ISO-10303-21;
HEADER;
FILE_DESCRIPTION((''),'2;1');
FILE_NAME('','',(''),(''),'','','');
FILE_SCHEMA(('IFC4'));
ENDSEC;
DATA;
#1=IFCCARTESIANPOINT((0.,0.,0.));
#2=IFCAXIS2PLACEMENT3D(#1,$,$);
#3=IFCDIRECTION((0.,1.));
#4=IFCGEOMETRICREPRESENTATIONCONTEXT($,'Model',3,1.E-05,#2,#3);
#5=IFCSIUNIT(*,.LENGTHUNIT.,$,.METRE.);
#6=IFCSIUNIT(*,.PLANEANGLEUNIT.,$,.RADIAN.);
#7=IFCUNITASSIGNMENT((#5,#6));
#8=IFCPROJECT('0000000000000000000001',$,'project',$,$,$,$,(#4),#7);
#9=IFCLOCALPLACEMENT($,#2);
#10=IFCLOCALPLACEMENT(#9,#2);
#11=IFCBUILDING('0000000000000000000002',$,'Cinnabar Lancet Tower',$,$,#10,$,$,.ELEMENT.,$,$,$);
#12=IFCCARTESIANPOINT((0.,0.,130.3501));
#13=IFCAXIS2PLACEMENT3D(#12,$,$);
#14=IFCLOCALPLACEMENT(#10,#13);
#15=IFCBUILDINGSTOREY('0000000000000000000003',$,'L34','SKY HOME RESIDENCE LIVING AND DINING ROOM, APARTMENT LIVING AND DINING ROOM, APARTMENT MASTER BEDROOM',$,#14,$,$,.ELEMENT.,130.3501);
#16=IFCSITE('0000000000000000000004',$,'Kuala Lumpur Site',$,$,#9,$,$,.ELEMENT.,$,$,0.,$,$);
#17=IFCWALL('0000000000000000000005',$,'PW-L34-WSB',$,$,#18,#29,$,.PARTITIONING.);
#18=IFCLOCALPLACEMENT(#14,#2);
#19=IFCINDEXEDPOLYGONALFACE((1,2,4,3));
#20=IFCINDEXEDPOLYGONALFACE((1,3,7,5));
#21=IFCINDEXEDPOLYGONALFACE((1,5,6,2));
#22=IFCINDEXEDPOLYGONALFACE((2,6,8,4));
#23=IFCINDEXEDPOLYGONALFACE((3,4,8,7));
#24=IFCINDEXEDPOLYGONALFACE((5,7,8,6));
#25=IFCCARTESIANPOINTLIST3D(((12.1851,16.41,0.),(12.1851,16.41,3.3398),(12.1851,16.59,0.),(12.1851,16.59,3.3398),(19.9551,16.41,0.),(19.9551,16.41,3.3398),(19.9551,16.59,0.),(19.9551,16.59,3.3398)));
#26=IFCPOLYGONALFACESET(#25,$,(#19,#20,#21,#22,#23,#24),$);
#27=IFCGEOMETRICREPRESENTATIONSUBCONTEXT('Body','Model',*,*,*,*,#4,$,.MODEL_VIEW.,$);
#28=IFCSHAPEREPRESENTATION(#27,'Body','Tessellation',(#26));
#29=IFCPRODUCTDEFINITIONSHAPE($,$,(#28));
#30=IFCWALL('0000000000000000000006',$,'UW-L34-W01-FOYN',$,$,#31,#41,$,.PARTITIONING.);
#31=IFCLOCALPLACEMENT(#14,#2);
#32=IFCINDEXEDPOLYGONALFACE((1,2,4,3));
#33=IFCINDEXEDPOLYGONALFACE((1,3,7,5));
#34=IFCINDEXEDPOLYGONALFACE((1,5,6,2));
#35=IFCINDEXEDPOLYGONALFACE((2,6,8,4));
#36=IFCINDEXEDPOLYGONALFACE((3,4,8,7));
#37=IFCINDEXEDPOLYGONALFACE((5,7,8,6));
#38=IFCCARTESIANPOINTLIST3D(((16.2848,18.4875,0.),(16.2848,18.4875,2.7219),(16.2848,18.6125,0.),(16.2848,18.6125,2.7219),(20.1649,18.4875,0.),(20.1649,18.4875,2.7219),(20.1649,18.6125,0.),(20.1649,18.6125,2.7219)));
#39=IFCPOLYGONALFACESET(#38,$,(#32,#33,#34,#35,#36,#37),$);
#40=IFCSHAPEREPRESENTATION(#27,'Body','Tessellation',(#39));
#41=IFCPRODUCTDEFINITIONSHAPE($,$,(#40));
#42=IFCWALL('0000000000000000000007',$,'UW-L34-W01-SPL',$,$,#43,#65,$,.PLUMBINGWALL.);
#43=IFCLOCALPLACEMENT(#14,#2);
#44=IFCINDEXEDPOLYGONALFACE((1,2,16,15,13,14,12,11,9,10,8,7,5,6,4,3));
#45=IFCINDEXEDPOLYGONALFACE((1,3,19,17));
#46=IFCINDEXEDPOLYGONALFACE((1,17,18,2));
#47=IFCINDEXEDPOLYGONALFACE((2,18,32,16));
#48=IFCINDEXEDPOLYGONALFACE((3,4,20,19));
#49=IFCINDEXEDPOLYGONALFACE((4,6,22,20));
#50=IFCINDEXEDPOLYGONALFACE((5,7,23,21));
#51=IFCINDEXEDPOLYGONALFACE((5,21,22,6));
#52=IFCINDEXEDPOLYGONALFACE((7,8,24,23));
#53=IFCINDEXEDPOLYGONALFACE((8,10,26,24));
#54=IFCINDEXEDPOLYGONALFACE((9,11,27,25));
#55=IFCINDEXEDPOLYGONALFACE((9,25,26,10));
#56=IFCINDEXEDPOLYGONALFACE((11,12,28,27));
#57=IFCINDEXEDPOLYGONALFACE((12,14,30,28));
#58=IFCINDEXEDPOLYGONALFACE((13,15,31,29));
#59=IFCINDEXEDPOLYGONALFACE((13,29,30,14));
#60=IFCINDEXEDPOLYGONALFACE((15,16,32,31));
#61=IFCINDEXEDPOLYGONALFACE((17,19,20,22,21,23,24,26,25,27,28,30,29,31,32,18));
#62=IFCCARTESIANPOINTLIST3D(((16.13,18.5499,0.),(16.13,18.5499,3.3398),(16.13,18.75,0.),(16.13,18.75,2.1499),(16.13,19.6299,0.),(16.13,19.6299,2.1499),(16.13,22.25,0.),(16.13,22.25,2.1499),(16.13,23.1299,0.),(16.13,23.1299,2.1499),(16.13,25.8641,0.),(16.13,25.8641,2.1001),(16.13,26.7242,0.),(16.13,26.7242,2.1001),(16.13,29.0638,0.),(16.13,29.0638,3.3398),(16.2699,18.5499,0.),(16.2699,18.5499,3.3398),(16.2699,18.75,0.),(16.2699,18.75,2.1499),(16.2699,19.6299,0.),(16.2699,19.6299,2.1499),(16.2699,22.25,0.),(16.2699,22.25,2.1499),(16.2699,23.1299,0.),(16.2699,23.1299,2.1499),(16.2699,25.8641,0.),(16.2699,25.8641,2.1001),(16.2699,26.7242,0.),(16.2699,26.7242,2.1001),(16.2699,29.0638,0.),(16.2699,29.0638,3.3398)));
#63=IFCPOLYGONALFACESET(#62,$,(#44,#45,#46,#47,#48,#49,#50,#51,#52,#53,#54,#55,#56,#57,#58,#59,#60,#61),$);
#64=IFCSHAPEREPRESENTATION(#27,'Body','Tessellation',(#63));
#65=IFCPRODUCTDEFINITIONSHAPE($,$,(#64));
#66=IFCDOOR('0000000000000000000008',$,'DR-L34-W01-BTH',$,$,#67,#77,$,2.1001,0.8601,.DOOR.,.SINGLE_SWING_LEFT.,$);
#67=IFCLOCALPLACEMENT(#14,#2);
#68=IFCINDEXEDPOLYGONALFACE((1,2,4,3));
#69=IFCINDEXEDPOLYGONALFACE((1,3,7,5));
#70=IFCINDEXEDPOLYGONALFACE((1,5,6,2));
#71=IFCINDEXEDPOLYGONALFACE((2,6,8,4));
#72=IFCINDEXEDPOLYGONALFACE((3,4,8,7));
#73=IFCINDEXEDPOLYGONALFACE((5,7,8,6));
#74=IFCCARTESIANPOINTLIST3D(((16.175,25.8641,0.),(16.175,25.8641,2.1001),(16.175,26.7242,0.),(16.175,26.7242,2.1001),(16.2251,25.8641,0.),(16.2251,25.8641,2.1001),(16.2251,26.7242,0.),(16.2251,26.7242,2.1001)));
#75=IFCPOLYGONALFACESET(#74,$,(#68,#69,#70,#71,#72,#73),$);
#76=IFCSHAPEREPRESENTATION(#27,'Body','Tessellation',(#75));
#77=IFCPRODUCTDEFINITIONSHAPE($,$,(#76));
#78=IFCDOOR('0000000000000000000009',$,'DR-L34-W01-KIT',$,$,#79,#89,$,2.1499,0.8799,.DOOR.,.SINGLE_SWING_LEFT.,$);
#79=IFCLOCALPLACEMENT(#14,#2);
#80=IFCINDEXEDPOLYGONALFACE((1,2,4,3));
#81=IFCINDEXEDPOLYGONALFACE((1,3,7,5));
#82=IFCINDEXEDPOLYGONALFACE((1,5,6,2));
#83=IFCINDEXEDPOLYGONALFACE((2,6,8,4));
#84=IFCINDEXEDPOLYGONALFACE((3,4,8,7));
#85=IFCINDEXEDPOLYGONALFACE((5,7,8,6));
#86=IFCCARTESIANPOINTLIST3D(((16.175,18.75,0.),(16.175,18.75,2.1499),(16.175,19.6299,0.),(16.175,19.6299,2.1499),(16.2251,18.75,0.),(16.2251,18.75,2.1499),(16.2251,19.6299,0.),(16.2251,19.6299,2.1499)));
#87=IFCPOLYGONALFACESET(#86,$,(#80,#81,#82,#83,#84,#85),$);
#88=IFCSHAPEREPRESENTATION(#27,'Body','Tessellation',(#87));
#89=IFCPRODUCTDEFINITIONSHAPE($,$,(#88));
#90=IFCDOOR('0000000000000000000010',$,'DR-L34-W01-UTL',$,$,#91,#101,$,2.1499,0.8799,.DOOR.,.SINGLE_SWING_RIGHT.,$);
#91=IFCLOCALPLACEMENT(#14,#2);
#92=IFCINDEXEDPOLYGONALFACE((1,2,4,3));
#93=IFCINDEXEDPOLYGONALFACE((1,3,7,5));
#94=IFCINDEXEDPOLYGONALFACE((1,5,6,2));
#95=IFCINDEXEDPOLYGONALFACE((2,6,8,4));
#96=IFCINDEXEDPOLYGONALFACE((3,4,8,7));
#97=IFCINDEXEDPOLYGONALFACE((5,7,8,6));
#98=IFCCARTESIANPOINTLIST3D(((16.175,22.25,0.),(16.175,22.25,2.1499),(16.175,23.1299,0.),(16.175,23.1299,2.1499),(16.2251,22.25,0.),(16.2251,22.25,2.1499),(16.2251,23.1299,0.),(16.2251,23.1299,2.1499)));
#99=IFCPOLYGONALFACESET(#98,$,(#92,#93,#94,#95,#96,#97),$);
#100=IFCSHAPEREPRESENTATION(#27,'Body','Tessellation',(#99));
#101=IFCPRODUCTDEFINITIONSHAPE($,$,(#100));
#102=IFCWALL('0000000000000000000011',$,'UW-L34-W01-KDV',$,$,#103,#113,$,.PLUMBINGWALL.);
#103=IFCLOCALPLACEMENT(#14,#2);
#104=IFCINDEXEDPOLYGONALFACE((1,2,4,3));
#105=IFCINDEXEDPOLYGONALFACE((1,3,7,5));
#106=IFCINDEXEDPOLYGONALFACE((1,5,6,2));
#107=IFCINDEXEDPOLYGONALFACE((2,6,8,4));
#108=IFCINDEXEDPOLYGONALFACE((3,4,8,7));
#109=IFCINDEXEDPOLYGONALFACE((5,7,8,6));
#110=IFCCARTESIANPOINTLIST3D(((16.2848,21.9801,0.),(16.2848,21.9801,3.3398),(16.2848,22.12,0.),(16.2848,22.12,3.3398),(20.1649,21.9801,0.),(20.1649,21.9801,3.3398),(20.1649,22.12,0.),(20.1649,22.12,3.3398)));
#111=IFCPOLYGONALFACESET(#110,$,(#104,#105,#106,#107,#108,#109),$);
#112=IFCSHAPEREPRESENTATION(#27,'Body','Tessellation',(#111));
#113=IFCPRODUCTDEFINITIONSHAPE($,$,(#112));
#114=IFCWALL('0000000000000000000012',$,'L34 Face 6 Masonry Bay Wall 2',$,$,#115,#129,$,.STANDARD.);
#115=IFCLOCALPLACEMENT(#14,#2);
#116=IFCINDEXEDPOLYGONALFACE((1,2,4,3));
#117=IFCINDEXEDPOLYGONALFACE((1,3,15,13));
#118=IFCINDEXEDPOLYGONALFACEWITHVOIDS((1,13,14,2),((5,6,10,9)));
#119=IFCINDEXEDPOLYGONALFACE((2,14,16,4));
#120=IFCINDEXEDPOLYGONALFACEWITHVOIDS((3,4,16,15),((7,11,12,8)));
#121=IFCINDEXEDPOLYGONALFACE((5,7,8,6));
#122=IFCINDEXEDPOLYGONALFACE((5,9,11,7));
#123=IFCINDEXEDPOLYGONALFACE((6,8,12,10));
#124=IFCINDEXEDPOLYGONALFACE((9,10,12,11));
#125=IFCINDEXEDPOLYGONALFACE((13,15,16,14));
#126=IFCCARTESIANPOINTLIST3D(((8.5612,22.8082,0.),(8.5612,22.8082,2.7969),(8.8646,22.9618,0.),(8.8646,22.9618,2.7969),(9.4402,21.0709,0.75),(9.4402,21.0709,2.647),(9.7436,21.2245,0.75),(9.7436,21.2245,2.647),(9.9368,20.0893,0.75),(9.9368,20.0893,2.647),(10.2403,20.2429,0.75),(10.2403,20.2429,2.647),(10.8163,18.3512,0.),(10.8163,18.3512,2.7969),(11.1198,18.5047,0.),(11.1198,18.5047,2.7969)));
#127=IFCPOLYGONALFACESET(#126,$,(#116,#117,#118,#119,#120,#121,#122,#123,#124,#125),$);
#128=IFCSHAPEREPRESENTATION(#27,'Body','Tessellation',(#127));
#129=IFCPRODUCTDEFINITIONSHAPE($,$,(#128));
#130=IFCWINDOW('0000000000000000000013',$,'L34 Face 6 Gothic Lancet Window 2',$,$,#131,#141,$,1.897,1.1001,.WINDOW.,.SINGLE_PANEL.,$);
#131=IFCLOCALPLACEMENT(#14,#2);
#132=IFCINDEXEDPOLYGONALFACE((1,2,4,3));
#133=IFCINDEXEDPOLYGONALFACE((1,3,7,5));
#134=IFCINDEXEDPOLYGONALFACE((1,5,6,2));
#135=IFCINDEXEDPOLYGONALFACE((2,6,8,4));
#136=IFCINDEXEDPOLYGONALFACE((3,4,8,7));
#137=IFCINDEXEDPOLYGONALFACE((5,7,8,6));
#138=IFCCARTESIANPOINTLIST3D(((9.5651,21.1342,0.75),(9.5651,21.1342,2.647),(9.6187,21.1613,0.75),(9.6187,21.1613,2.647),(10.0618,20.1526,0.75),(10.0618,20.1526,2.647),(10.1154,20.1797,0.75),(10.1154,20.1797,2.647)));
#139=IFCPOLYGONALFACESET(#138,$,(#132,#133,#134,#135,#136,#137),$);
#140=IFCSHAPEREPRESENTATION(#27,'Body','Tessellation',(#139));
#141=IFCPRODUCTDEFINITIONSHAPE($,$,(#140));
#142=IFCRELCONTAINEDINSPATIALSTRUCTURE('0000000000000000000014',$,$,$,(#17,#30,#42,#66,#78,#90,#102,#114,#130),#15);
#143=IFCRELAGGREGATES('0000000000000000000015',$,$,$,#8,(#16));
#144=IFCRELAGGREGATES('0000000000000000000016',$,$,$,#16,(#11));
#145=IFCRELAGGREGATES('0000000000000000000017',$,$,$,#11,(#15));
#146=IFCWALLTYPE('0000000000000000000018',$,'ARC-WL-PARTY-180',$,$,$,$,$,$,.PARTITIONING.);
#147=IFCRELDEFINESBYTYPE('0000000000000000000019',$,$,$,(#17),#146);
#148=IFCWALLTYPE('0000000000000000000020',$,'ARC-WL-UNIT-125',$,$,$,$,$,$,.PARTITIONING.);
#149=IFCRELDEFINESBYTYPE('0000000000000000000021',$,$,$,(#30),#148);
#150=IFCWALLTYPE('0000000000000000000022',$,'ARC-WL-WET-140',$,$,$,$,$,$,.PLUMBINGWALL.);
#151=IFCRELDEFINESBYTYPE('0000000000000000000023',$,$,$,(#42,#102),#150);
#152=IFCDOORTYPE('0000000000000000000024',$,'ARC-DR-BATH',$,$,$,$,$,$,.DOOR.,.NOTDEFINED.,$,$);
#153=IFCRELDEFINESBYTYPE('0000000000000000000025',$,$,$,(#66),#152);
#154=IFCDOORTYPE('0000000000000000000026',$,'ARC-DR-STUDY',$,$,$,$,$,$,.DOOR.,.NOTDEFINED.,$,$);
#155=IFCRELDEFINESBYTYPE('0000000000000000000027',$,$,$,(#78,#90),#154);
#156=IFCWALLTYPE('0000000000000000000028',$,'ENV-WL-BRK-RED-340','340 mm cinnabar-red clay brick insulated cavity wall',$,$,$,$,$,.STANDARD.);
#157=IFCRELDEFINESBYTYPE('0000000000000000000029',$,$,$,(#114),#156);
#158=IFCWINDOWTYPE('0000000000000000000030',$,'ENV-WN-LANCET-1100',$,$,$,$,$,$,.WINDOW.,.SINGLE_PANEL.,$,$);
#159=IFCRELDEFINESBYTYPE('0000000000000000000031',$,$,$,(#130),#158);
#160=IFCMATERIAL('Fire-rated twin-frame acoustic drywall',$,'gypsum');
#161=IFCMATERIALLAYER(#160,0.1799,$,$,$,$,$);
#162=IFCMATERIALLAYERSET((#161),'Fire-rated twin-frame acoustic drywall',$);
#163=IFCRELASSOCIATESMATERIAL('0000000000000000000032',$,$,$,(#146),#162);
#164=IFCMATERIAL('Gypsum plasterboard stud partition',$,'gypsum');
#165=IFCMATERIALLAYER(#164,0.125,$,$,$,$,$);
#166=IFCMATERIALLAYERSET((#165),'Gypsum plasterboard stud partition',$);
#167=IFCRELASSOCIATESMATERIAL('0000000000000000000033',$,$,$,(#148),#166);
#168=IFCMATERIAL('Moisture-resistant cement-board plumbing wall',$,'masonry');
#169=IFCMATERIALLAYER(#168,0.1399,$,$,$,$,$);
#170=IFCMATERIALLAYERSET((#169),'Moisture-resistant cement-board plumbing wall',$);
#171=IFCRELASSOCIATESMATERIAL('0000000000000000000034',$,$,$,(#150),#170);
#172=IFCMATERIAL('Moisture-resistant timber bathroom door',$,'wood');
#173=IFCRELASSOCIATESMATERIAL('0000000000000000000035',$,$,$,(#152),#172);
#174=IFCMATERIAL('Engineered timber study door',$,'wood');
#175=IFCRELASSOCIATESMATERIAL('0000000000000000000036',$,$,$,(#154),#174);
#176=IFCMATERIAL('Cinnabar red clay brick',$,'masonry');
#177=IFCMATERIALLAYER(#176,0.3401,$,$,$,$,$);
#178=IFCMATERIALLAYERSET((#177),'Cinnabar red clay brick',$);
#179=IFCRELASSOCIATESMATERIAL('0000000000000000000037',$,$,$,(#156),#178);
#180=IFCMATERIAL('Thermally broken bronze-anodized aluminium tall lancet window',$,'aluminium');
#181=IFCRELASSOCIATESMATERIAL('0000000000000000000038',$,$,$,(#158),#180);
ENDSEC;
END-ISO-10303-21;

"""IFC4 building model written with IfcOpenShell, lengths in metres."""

from ifc_helpers import new_model, si_unit, direction, frame, frame_2d, origin, place, context, subcontext, project, spatial, rectangle, extrude, material, layer, layer_set, type_object, element, fill, save


model = new_model("IFC4")

# Units and contexts
model_context = context("Model", 3, precision=1e-05, world=origin(), true_north=direction((0.0, 1.0)))
body_context = subcontext(model_context, "Body", "Model", "MODEL_VIEW")
ifc_project = project(units=[si_unit("LENGTHUNIT", "METRE"), si_unit("PLANEANGLEUNIT", "RADIAN")], contexts=[model_context])

# Site, building, storey
site_placement = place(None, origin())
site = spatial("IfcSite", under=ifc_project, at=site_placement, Name="Kuala Lumpur Site", CompositionType="ELEMENT", RefElevation=0.0)
building_placement = place(site_placement, origin())
building = spatial("IfcBuilding", under=site, at=building_placement, Name="Cinnabar Lancet Tower", CompositionType="ELEMENT")
storey_placement = place(building_placement, frame((0.0, 0.0, 130.3501)))
storey = spatial("IfcBuildingStorey", under=building, at=storey_placement, Name="L34", Description="SKY HOME RESIDENCE LIVING AND DINING ROOM, APARTMENT LIVING AND DINING ROOM, APARTMENT MASTER BEDROOM", CompositionType="ELEMENT", Elevation=130.3501)

# Walls
ifc_material_1 = material(Name="Fire-rated twin-frame acoustic drywall", Category="gypsum")
ifc_layer_1 = layer(ifc_material_1, 0.1799)
ifc_layer_set_1 = layer_set([ifc_layer_1], Name="Fire-rated twin-frame acoustic drywall")
wall_type_1 = type_object("IfcWallType", Name="ARC-WL-PARTY-180", PredefinedType="PARTITIONING", material=ifc_layer_set_1)
wall_1_placement = place(storey_placement, frame((12.1851, 16.5, 0.0), z_axis=(0.0, 0.0, 1.0), x_axis=(1.0, 0.0, 0.0)))
element("IfcWall", 1, at=wall_1_placement, inside=storey, type_object=wall_type_1, Name="PW-L34-WSB", PredefinedType="PARTITIONING", context=body_context, shape_type="SweptSolid", body=[
    extrude(rectangle(XDim=7.77, YDim=0.1799, at=frame_2d((3.885, 0.0))), origin(), (0.0, 0.0, 1.0), 3.3398),
])
ifc_material_2 = material(Name="Gypsum plasterboard stud partition", Category="gypsum")
ifc_layer_2 = layer(ifc_material_2, 0.125)
ifc_layer_set_2 = layer_set([ifc_layer_2], Name="Gypsum plasterboard stud partition")
wall_type_2 = type_object("IfcWallType", Name="ARC-WL-UNIT-125", PredefinedType="PARTITIONING", material=ifc_layer_set_2)
wall_2_placement = place(storey_placement, frame((16.2849, 18.55, 0.0), z_axis=(0.0, 0.0, 1.0), x_axis=(1.0, 0.0, 0.0)))
element("IfcWall", 2, at=wall_2_placement, inside=storey, type_object=wall_type_2, Name="UW-L34-W01-FOYN", PredefinedType="PARTITIONING", context=body_context, shape_type="SweptSolid", body=[
    extrude(rectangle(XDim=3.8801, YDim=0.125, at=frame_2d((1.9399, 0.0))), origin(), (0.0, 0.0, 1.0), 2.7219),
])

# Wall, openings, doors
ifc_material_3 = material(Name="Moisture-resistant cement-board plumbing wall", Category="masonry")
ifc_layer_3 = layer(ifc_material_3, 0.1399)
ifc_layer_set_3 = layer_set([ifc_layer_3], Name="Moisture-resistant cement-board plumbing wall")
wall_type_3 = type_object("IfcWallType", Name="ARC-WL-WET-140", PredefinedType="PLUMBINGWALL", material=ifc_layer_set_3)
wall_3_placement = place(storey_placement, frame((16.2, 18.55, 0.0), z_axis=(0.0, 0.0, 1.0), x_axis=(0.0, 1.0, 0.0)))
wall_3 = element("IfcWall", 3, at=wall_3_placement, inside=storey, type_object=wall_type_3, Name="UW-L34-W01-SPL", PredefinedType="PLUMBINGWALL", context=body_context, shape_type="SweptSolid", body=[
    extrude(rectangle(XDim=10.5139, YDim=0.1399, at=frame_2d((5.2568, 0.0))), origin(), (0.0, 0.0, 1.0), 3.3398),
])
opening_1_placement = place(wall_3_placement, frame((0.2, 0.0, 0.0)))
opening_1 = element("IfcOpeningElement", 4, at=opening_1_placement, cuts=wall_3, PredefinedType="OPENING", context=body_context, shape_type="SweptSolid", body=[
    extrude(rectangle(XDim=0.8799, YDim=2.1499, at=frame_2d((0.4399, 1.075))), frame((0.0, 0.0798, 0.0), z_axis=(0.0, -1.0, 0.0), x_axis=(1.0, 0.0, 0.0)), (0.0, 0.0, 1.0), 0.1599),
])
opening_2_placement = place(wall_3_placement, frame((3.7, 0.0, 0.0)))
opening_2 = element("IfcOpeningElement", 5, at=opening_2_placement, cuts=wall_3, PredefinedType="OPENING", context=body_context, shape_type="SweptSolid", body=[
    extrude(rectangle(XDim=0.8799, YDim=2.1499, at=frame_2d((0.4399, 1.075))), frame((0.0, 0.0798, 0.0), z_axis=(0.0, -1.0, 0.0), x_axis=(1.0, 0.0, 0.0)), (0.0, 0.0, 1.0), 0.1599),
])
opening_3_placement = place(wall_3_placement, frame((7.314, 0.0, 0.0)))
opening_3 = element("IfcOpeningElement", 6, at=opening_3_placement, cuts=wall_3, PredefinedType="OPENING", context=body_context, shape_type="SweptSolid", body=[
    extrude(rectangle(XDim=0.8601, YDim=2.1001, at=frame_2d((0.4302, 1.05))), frame((0.0, 0.0798, 0.0), z_axis=(0.0, -1.0, 0.0), x_axis=(1.0, 0.0, 0.0)), (0.0, 0.0, 1.0), 0.1599),
])
ifc_material_4 = material(Name="Moisture-resistant timber bathroom door", Category="wood")
door_type_1 = type_object("IfcDoorType", Name="ARC-DR-BATH", OperationType="NOTDEFINED", PredefinedType="DOOR", material=ifc_material_4)
door_1_placement = place(opening_3_placement, origin())
door_1 = element("IfcDoor", 7, at=door_1_placement, inside=storey, type_object=door_type_1, Name="DR-L34-W01-BTH", OperationType="SINGLE_SWING_LEFT", OverallHeight=2.1001, OverallWidth=0.8601, PredefinedType="DOOR", context=body_context, shape_type="SweptSolid", body=[
    extrude(rectangle(XDim=0.8601, YDim=2.1001, at=frame_2d((0.4302, 1.05))), frame((0.0, 0.0249, 0.0), z_axis=(0.0, -1.0, 0.0), x_axis=(1.0, 0.0, 0.0)), (0.0, 0.0, 1.0), 0.05),
])
fill(opening_3, door_1)
ifc_material_5 = material(Name="Engineered timber study door", Category="wood")
door_type_2 = type_object("IfcDoorType", Name="ARC-DR-STUDY", OperationType="NOTDEFINED", PredefinedType="DOOR", material=ifc_material_5)
door_2_placement = place(opening_1_placement, origin())
door_2 = element("IfcDoor", 8, at=door_2_placement, inside=storey, type_object=door_type_2, Name="DR-L34-W01-KIT", OperationType="SINGLE_SWING_LEFT", OverallHeight=2.1499, OverallWidth=0.8799, PredefinedType="DOOR", context=body_context, shape_type="SweptSolid", body=[
    extrude(rectangle(XDim=0.8799, YDim=2.1499, at=frame_2d((0.4399, 1.075))), frame((0.0, 0.0249, 0.0), z_axis=(0.0, -1.0, 0.0), x_axis=(1.0, 0.0, 0.0)), (0.0, 0.0, 1.0), 0.05),
])
fill(opening_1, door_2)
door_3_placement = place(opening_2_placement, origin())
door_3 = element("IfcDoor", 9, at=door_3_placement, inside=storey, type_object=door_type_2, Name="DR-L34-W01-UTL", OperationType="SINGLE_SWING_RIGHT", OverallHeight=2.1499, OverallWidth=0.8799, PredefinedType="DOOR", context=body_context, shape_type="SweptSolid", body=[
    extrude(rectangle(XDim=0.8799, YDim=2.1499, at=frame_2d((0.4399, 1.075))), frame((0.0, 0.0249, 0.0), z_axis=(0.0, -1.0, 0.0), x_axis=(1.0, 0.0, 0.0)), (0.0, 0.0, 1.0), 0.05),
])
fill(opening_2, door_3)

# Wall
wall_4_placement = place(storey_placement, frame((16.2849, 22.05, 0.0), z_axis=(0.0, 0.0, 1.0), x_axis=(1.0, 0.0, 0.0)))
element("IfcWall", 10, at=wall_4_placement, inside=storey, type_object=wall_type_3, Name="UW-L34-W01-KDV", PredefinedType="PLUMBINGWALL", context=body_context, shape_type="SweptSolid", body=[
    extrude(rectangle(XDim=3.8801, YDim=0.1399, at=frame_2d((1.9399, 0.0))), origin(), (0.0, 0.0, 1.0), 3.3398),
])

# Wall, opening, window
ifc_material_6 = material(Name="Cinnabar red clay brick", Category="masonry")
ifc_layer_4 = layer(ifc_material_6, 0.3401)
ifc_layer_set_4 = layer_set([ifc_layer_4], Name="Cinnabar red clay brick")
wall_type_4 = type_object("IfcWallType", Name="ENV-WL-BRK-RED-340", Description="340 mm cinnabar-red clay brick insulated cavity wall", PredefinedType="STANDARD", material=ifc_layer_set_4)
wall_5_placement = place(storey_placement, frame((8.7129, 22.885, 0.0), z_axis=(0.0, 0.0, 1.0), x_axis=(0.451471, -0.892286, 0.0)))
wall_5 = element("IfcWall", 11, at=wall_5_placement, inside=storey, type_object=wall_type_4, Name="L34 Face 6 Masonry Bay Wall 2", PredefinedType="STANDARD", context=body_context, shape_type="SweptSolid", body=[
    extrude(rectangle(XDim=4.9951, YDim=0.3401, at=frame_2d((2.4976, 0.0))), origin(), (0.0, 0.0, 1.0), 2.7969),
])
opening_4_placement = place(wall_5_placement, frame((1.947, 0.0, 0.75)))
opening_4 = element("IfcOpeningElement", 12, at=opening_4_placement, cuts=wall_5, PredefinedType="OPENING", context=body_context, shape_type="SweptSolid", body=[
    extrude(rectangle(XDim=1.1001, YDim=1.897, at=frame_2d((0.55, 0.9485))), frame((0.0, 0.1799, 0.0), z_axis=(0.0, -1.0, 0.0), x_axis=(1.0, 0.0, 0.0)), (0.0, 0.0, 1.0), 0.3601),
])
ifc_material_7 = material(Name="Thermally broken bronze-anodized aluminium tall lancet window", Category="aluminium")
window_type = type_object("IfcWindowType", Name="ENV-WN-LANCET-1100", PartitioningType="SINGLE_PANEL", PredefinedType="WINDOW", material=ifc_material_7)
window_placement = place(opening_4_placement, origin())
window = element("IfcWindow", 13, at=window_placement, inside=storey, type_object=window_type, Name="L34 Face 6 Gothic Lancet Window 2", OverallHeight=1.897, OverallWidth=1.1001, PartitioningType="SINGLE_PANEL", PredefinedType="WINDOW", context=body_context, shape_type="SweptSolid", body=[
    extrude(rectangle(XDim=1.1001, YDim=1.897, at=frame_2d((0.55, 0.9485))), frame((0.0, 0.03, 0.0), z_axis=(0.0, -1.0, 0.0), x_axis=(1.0, 0.0, 0.0)), (0.0, 0.0, 1.0), 0.0601),
])
fill(opening_4, window)

save(model, "model.ifc")
